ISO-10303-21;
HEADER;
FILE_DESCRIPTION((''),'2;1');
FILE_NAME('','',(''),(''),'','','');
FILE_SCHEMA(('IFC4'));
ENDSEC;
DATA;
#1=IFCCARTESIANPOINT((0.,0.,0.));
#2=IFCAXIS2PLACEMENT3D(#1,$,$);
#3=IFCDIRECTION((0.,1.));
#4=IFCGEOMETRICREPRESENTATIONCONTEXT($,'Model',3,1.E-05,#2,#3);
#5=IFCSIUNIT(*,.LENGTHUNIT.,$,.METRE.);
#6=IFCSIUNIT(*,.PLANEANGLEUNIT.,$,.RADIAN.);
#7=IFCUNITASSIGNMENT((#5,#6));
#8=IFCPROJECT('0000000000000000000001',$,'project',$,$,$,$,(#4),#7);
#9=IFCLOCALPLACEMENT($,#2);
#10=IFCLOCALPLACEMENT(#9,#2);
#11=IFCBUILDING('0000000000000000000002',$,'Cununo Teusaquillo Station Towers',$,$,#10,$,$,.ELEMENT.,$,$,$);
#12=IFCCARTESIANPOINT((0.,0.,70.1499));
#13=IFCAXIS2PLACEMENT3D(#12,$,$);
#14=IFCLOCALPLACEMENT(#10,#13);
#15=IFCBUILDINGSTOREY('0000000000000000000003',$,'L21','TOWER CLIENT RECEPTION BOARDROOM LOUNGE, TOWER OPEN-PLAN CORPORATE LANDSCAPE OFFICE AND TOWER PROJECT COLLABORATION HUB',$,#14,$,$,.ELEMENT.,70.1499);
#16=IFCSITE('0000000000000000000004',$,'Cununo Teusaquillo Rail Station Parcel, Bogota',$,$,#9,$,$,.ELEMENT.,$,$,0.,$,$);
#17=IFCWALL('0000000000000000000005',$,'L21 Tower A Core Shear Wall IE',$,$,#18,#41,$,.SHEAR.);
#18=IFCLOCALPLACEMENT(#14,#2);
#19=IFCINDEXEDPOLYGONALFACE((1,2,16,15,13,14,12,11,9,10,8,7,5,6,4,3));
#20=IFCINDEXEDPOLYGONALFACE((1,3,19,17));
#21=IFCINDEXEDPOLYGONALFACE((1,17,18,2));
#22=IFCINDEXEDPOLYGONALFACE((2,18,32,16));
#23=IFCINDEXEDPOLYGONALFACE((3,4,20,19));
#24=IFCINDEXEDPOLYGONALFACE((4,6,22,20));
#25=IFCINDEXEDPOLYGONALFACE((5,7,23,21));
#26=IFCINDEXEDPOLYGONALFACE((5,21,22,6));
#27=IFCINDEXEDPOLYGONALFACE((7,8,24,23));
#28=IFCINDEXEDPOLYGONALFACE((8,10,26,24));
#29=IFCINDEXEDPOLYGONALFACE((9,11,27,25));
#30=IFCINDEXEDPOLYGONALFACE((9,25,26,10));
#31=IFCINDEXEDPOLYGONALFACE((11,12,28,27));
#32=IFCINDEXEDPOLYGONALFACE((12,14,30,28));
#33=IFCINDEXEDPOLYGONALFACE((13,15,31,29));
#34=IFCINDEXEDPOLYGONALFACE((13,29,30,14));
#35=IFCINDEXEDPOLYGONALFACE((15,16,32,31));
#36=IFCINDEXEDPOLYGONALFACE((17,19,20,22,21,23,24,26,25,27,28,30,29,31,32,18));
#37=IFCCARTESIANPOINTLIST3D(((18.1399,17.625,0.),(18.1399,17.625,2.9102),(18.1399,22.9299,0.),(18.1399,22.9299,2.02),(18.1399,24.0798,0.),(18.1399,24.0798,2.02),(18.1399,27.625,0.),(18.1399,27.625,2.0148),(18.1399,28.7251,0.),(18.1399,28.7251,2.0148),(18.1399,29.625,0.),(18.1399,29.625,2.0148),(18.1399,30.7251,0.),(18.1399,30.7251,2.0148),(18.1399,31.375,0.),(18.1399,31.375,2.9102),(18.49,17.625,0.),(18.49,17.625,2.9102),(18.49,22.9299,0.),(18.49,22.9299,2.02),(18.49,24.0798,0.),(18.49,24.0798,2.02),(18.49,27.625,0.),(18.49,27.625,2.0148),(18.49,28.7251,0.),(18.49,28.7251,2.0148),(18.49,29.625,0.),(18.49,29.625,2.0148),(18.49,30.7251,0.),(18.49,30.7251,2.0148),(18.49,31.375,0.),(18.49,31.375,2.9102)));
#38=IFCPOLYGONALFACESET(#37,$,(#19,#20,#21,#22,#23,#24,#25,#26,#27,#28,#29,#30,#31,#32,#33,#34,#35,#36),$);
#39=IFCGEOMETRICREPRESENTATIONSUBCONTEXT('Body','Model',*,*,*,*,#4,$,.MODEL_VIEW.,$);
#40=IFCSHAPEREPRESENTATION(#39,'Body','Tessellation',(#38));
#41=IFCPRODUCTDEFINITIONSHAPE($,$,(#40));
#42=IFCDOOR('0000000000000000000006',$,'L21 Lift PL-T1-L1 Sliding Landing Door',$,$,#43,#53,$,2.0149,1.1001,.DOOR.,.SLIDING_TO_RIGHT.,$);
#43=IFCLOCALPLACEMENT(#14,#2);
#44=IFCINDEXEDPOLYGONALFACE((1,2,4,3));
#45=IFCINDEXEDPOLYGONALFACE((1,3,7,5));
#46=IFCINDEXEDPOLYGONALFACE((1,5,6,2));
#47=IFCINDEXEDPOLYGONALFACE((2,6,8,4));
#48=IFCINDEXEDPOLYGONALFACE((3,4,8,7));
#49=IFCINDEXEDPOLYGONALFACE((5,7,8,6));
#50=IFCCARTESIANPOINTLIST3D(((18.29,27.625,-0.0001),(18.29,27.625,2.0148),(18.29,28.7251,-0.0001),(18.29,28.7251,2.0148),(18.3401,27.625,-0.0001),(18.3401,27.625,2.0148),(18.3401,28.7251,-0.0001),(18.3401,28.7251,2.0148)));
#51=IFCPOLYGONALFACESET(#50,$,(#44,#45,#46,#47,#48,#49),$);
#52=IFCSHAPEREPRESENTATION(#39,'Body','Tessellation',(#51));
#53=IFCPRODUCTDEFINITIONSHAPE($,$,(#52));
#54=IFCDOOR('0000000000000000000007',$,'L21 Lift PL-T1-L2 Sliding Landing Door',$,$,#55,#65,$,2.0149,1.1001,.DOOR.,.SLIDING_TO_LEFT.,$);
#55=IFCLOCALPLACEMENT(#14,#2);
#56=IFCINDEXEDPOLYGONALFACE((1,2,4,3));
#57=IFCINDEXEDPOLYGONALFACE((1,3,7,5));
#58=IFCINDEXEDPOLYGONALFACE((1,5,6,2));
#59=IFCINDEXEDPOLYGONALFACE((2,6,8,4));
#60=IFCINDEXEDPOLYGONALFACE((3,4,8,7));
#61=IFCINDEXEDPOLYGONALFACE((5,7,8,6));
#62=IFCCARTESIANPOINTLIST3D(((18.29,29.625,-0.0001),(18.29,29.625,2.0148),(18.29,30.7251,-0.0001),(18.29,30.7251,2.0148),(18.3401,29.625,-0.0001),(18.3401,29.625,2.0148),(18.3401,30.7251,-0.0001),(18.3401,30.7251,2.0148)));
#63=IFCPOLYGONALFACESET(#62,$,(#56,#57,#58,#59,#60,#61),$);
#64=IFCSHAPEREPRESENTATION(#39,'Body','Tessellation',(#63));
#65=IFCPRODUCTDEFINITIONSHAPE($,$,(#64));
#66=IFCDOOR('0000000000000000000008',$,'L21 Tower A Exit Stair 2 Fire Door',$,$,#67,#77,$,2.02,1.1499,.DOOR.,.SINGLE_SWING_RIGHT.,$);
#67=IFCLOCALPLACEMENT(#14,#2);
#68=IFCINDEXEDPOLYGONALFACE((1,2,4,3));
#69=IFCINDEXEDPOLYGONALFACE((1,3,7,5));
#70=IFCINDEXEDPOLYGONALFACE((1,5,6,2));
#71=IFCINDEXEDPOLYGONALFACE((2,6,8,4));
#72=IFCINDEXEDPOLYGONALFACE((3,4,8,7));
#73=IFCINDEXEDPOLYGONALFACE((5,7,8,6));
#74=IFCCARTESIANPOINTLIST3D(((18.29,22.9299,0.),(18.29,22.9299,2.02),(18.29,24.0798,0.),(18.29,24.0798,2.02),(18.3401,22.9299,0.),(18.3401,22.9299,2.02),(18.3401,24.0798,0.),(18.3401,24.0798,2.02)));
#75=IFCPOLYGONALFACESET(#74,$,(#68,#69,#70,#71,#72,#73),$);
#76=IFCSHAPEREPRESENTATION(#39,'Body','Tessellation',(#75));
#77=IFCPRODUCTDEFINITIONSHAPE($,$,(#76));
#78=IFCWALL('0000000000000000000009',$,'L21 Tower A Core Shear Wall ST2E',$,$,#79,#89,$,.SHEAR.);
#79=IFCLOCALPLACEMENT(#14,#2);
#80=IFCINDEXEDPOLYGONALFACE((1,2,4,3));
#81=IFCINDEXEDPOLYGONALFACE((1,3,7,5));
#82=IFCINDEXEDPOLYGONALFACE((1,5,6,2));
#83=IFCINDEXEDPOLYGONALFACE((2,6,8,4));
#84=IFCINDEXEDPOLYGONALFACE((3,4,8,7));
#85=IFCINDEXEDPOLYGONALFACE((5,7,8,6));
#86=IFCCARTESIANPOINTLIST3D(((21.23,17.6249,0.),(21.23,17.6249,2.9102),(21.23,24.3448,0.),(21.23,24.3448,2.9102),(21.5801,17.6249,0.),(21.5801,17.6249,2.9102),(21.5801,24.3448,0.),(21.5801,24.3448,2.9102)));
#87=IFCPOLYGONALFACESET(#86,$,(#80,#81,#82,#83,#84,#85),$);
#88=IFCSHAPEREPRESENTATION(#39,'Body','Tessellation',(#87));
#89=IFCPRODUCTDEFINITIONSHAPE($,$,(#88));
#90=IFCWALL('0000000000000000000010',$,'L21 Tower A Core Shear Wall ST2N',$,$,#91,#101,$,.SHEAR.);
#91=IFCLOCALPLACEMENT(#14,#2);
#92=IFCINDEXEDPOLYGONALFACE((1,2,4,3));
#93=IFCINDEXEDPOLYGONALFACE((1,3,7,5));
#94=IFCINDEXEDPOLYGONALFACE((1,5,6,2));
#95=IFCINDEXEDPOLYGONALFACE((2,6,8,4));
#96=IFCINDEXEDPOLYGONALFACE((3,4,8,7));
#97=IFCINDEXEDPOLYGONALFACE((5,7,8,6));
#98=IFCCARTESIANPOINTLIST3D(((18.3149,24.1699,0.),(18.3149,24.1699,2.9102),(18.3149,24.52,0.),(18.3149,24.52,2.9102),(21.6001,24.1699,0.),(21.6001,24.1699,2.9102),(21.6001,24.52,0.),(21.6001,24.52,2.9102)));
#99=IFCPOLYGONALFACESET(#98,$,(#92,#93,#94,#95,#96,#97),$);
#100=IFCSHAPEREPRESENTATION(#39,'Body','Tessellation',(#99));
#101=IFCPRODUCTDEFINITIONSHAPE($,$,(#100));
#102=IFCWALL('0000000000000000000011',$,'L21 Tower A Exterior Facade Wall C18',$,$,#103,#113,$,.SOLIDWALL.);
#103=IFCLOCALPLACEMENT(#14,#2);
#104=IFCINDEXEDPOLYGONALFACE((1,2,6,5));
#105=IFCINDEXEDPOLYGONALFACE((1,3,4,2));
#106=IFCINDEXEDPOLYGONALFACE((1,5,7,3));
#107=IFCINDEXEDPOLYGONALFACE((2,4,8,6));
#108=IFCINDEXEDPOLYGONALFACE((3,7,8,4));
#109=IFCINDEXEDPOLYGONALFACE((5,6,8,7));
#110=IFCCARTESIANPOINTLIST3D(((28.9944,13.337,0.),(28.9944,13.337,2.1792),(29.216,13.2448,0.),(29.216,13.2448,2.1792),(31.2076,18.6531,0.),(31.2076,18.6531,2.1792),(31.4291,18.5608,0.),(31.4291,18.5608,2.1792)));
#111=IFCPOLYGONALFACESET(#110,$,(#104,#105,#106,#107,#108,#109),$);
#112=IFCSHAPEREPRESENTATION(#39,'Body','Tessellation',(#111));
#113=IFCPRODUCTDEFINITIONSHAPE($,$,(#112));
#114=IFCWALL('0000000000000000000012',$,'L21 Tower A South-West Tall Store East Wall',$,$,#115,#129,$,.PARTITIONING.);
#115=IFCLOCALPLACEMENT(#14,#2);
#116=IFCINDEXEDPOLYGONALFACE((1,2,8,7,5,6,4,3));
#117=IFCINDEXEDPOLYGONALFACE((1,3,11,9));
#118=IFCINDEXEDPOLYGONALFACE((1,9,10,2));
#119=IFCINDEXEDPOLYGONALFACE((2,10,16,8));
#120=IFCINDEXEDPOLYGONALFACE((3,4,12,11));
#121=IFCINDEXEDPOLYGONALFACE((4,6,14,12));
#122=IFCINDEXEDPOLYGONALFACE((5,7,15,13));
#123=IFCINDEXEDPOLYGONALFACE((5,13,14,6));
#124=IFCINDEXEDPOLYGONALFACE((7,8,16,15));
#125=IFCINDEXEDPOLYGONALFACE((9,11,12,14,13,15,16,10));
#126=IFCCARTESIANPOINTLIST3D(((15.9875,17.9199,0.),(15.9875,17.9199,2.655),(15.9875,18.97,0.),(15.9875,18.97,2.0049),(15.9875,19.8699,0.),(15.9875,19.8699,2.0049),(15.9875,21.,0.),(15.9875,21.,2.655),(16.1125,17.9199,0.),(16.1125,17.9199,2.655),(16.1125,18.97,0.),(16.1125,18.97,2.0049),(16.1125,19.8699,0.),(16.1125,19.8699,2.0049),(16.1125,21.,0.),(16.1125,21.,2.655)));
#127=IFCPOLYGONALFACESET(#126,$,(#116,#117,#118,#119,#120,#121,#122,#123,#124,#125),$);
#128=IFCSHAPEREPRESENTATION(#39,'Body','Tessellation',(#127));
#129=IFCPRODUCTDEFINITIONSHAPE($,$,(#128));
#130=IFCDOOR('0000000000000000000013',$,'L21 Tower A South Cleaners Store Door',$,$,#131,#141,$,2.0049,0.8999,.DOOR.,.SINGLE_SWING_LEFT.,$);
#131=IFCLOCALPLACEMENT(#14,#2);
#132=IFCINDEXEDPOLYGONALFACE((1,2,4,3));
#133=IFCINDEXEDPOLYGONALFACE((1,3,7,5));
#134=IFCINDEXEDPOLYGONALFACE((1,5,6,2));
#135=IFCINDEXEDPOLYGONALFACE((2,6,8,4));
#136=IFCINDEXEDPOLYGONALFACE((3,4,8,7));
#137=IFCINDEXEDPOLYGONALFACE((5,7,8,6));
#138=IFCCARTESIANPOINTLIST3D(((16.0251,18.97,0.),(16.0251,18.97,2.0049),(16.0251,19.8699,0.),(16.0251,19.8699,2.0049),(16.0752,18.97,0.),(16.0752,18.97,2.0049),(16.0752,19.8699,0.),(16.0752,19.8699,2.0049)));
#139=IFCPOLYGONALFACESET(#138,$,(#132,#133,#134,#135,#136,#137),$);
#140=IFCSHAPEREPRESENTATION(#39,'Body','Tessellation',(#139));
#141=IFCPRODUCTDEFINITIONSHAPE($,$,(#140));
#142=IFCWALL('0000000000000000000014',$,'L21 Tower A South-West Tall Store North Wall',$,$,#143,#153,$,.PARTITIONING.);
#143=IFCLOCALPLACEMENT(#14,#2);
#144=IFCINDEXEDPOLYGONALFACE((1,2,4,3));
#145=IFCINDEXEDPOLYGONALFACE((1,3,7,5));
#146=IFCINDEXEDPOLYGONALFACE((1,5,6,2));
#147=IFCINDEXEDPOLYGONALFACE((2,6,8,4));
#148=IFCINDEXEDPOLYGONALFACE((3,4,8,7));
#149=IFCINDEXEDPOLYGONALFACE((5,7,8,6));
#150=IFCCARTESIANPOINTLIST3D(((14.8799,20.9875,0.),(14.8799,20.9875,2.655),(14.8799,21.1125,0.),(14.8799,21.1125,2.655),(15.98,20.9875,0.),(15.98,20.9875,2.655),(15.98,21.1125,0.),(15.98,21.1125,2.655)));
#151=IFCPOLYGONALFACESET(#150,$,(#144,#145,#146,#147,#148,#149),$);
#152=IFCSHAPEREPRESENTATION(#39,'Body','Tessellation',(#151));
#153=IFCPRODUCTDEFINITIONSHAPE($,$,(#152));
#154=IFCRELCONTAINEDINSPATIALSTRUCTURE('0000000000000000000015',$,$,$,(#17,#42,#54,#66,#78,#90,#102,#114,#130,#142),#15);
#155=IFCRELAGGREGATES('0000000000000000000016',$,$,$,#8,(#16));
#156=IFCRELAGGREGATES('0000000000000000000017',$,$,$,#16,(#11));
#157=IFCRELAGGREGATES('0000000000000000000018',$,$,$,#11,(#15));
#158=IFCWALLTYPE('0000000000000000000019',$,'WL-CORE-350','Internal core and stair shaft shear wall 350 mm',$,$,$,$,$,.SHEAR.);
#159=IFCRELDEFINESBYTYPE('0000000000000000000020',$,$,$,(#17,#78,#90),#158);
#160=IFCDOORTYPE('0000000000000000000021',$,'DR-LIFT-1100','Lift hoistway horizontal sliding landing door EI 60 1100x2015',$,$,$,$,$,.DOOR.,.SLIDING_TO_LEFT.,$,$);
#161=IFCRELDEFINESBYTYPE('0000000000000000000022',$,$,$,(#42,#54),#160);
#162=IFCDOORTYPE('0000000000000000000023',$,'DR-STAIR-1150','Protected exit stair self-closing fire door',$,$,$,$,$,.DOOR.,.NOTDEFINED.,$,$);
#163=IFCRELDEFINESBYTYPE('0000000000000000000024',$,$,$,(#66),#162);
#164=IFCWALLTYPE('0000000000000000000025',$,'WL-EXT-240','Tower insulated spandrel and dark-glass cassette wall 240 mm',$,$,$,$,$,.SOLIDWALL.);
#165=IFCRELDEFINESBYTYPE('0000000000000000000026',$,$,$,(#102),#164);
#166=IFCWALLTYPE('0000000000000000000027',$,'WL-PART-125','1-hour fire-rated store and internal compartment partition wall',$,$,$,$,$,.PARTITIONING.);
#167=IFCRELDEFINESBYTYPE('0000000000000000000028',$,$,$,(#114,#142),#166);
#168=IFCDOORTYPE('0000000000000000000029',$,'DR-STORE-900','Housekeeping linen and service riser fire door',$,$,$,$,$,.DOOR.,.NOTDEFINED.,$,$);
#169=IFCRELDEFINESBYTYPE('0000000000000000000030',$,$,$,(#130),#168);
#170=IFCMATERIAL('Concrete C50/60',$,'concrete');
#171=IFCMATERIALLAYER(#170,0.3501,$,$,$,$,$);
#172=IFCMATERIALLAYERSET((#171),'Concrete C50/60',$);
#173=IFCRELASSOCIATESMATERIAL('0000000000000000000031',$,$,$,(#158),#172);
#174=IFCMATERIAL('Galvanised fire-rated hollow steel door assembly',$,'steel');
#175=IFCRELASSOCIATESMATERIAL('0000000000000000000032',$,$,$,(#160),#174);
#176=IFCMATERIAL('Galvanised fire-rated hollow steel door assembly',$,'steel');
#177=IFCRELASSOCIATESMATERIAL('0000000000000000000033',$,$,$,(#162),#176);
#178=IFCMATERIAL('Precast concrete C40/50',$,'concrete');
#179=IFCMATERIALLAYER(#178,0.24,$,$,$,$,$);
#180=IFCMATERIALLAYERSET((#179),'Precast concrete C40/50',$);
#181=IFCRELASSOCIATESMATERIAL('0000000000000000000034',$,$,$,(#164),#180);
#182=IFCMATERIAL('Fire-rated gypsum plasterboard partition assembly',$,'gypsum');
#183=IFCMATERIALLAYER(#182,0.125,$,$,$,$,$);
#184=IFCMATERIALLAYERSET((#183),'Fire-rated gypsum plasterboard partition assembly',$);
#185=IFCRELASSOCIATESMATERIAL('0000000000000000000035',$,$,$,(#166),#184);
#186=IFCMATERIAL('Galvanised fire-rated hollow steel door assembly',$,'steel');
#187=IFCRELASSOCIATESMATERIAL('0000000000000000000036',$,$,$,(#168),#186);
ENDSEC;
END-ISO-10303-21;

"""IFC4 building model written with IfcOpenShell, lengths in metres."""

from ifc_helpers import new_model, si_unit, direction, frame, frame_2d, origin, place, context, subcontext, project, spatial, rectangle, extrude, source, transform, mapped, material, layer, layer_set, type_object, element, fill, save


model = new_model("IFC4")

# Units and contexts
model_context = context("Model", 3, precision=1e-05, world=origin(), true_north=direction((0.0, 1.0)))
body_context = subcontext(model_context, "Body", "Model", "MODEL_VIEW")
ifc_project = project(units=[si_unit("LENGTHUNIT", "METRE"), si_unit("PLANEANGLEUNIT", "RADIAN")], contexts=[model_context])

# Site, building, storey
site_placement = place(None, origin())
site = spatial("IfcSite", under=ifc_project, at=site_placement, Name="Cununo Teusaquillo Rail Station Parcel, Bogota", CompositionType="ELEMENT", RefElevation=0.0)
building_placement = place(site_placement, origin())
building = spatial("IfcBuilding", under=site, at=building_placement, Name="Cununo Teusaquillo Station Towers", CompositionType="ELEMENT")
storey_placement = place(building_placement, frame((0.0, 0.0, 70.1499)))
storey = spatial("IfcBuildingStorey", under=building, at=storey_placement, Name="L21", Description="TOWER CLIENT RECEPTION BOARDROOM LOUNGE, TOWER OPEN-PLAN CORPORATE LANDSCAPE OFFICE AND TOWER PROJECT COLLABORATION HUB", CompositionType="ELEMENT", Elevation=70.1499)

# Wall, openings, doors
ifc_material_1 = material(Name="Concrete C50/60", Category="concrete")
ifc_layer_1 = layer(ifc_material_1, 0.3501)
ifc_layer_set_1 = layer_set([ifc_layer_1], Name="Concrete C50/60")
wall_type_1 = type_object("IfcWallType", Name="WL-CORE-350", Description="Internal core and stair shaft shear wall 350 mm", PredefinedType="SHEAR", material=ifc_layer_set_1)
wall_1_placement = place(storey_placement, frame((18.3149, 17.625, 0.0), z_axis=(0.0, 0.0, 1.0), x_axis=(0.0, 1.0, 0.0)))
wall_1 = element("IfcWall", 1, at=wall_1_placement, inside=storey, type_object=wall_type_1, Name="L21 Tower A Core Shear Wall IE", PredefinedType="SHEAR", context=body_context, shape_type="SweptSolid", body=[
    extrude(rectangle(XDim=13.75, YDim=0.3501, at=frame_2d((6.875, 0.0))), origin(), (0.0, 0.0, 1.0), 2.9102),
])
shared_shape_1 = source(origin(), body_context, "Body", "SweptSolid", [
    extrude(rectangle(XDim=1.1001, YDim=2.0149, at=frame_2d((0.55, 1.0073))), frame((0.0, 0.1851, 0.0), z_axis=(0.0, -1.0, 0.0), x_axis=(1.0, 0.0, 0.0)), (0.0, 0.0, 1.0), 0.3701),
])
opening_1_placement = place(wall_1_placement, frame((10.0, 0.0, 0.0)))
opening_1 = element("IfcOpeningElement", 2, at=opening_1_placement, cuts=wall_1, PredefinedType="OPENING", context=body_context, shape_type="MappedRepresentation", body=[
    mapped(shared_shape_1, transform((0.0, 0.0, 0.0), x_axis=(1.0, 0.0, 0.0), y_axis=(0.0, 1.0, 0.0), z_axis=(0.0, 0.0, 1.0), scale=1.0)),
])
opening_2_placement = place(wall_1_placement, frame((12.0, 0.0, 0.0)))
opening_2 = element("IfcOpeningElement", 3, at=opening_2_placement, cuts=wall_1, PredefinedType="OPENING", context=body_context, shape_type="MappedRepresentation", body=[
    mapped(shared_shape_1, transform((0.0, 0.0, 0.0), x_axis=(1.0, 0.0, 0.0), y_axis=(0.0, 1.0, 0.0), z_axis=(0.0, 0.0, 1.0), scale=1.0)),
])
shared_shape_2 = source(origin(), body_context, "Body", "SweptSolid", [
    extrude(rectangle(XDim=1.1499, YDim=2.02, at=frame_2d((0.575, 1.01))), frame((0.0, 0.1851, 0.0), z_axis=(0.0, -1.0, 0.0), x_axis=(1.0, 0.0, 0.0)), (0.0, 0.0, 1.0), 0.3701),
])
opening_3_placement = place(wall_1_placement, frame((5.3049, 0.0, 0.0)))
opening_3 = element("IfcOpeningElement", 4, at=opening_3_placement, cuts=wall_1, PredefinedType="OPENING", context=body_context, shape_type="MappedRepresentation", body=[
    mapped(shared_shape_2, transform((0.0, 0.0, 0.0), x_axis=(1.0, 0.0, 0.0), y_axis=(0.0, 1.0, 0.0), z_axis=(0.0, 0.0, 1.0), scale=1.0)),
])
ifc_material_2 = material(Name="Galvanised fire-rated hollow steel door assembly", Category="steel")
door_type_1 = type_object("IfcDoorType", Name="DR-LIFT-1100", Description="Lift hoistway horizontal sliding landing door EI 60 1100x2015", OperationType="SLIDING_TO_LEFT", PredefinedType="DOOR", material=ifc_material_2)
shared_shape_3 = source(origin(), body_context, "Body", "SweptSolid", [
    extrude(rectangle(XDim=1.1001, YDim=2.0149, at=frame_2d((0.55, 1.0073))), frame((0.0, 0.0249, 0.0), z_axis=(0.0, -1.0, 0.0), x_axis=(1.0, 0.0, 0.0)), (0.0, 0.0, 1.0), 0.05),
])
door_1_placement = place(opening_1_placement, origin())
door_1 = element("IfcDoor", 5, at=door_1_placement, inside=storey, type_object=door_type_1, Name="L21 Lift PL-T1-L1 Sliding Landing Door", OperationType="SLIDING_TO_RIGHT", OverallHeight=2.0149, OverallWidth=1.1001, PredefinedType="DOOR", context=body_context, shape_type="MappedRepresentation", body=[
    mapped(shared_shape_3, transform((0.0, 0.0, 0.0), x_axis=(1.0, 0.0, 0.0), y_axis=(0.0, 1.0, 0.0), z_axis=(0.0, 0.0, 1.0), scale=1.0)),
])
fill(opening_1, door_1)
door_2_placement = place(opening_2_placement, origin())
door_2 = element("IfcDoor", 6, at=door_2_placement, inside=storey, type_object=door_type_1, Name="L21 Lift PL-T1-L2 Sliding Landing Door", OperationType="SLIDING_TO_LEFT", OverallHeight=2.0149, OverallWidth=1.1001, PredefinedType="DOOR", context=body_context, shape_type="MappedRepresentation", body=[
    mapped(shared_shape_3, transform((0.0, 0.0, 0.0), x_axis=(1.0, 0.0, 0.0), y_axis=(0.0, 1.0, 0.0), z_axis=(0.0, 0.0, 1.0), scale=1.0)),
])
fill(opening_2, door_2)
ifc_material_3 = material(Name="Galvanised fire-rated hollow steel door assembly", Category="steel")
door_type_2 = type_object("IfcDoorType", Name="DR-STAIR-1150", Description="Protected exit stair self-closing fire door", OperationType="NOTDEFINED", PredefinedType="DOOR", material=ifc_material_3)
shared_shape_4 = source(origin(), body_context, "Body", "SweptSolid", [
    extrude(rectangle(XDim=1.1499, YDim=2.02, at=frame_2d((0.575, 1.01))), frame((0.0, 0.0249, 0.0), z_axis=(0.0, -1.0, 0.0), x_axis=(1.0, 0.0, 0.0)), (0.0, 0.0, 1.0), 0.05),
])
door_3_placement = place(opening_3_placement, origin())
door_3 = element("IfcDoor", 7, at=door_3_placement, inside=storey, type_object=door_type_2, Name="L21 Tower A Exit Stair 2 Fire Door", OperationType="SINGLE_SWING_RIGHT", OverallHeight=2.02, OverallWidth=1.1499, PredefinedType="DOOR", context=body_context, shape_type="MappedRepresentation", body=[
    mapped(shared_shape_4, transform((0.0, 0.0, 0.0), x_axis=(1.0, 0.0, 0.0), y_axis=(0.0, 1.0, 0.0), z_axis=(0.0, 0.0, 1.0), scale=1.0)),
])
fill(opening_3, door_3)

# Walls
wall_2_placement = place(storey_placement, frame((21.405, 17.625, 0.0), z_axis=(0.0, 0.0, 1.0), x_axis=(0.0, 1.0, 0.0)))
element("IfcWall", 8, at=wall_2_placement, inside=storey, type_object=wall_type_1, Name="L21 Tower A Core Shear Wall ST2E", PredefinedType="SHEAR", context=body_context, shape_type="SweptSolid", body=[
    extrude(rectangle(XDim=6.72, YDim=0.3501, at=frame_2d((3.3599, 0.0))), origin(), (0.0, 0.0, 1.0), 2.9102),
])
wall_3_placement = place(storey_placement, frame((18.3149, 24.345, 0.0), z_axis=(0.0, 0.0, 1.0), x_axis=(1.0, 0.0, 0.0)))
element("IfcWall", 9, at=wall_3_placement, inside=storey, type_object=wall_type_1, Name="L21 Tower A Core Shear Wall ST2N", PredefinedType="SHEAR", context=body_context, shape_type="SweptSolid", body=[
    extrude(rectangle(XDim=3.2852, YDim=0.3501, at=frame_2d((1.6426, 0.0))), origin(), (0.0, 0.0, 1.0), 2.9102),
])
ifc_material_4 = material(Name="Precast concrete C40/50", Category="concrete")
ifc_layer_2 = layer(ifc_material_4, 0.24)
ifc_layer_set_2 = layer_set([ifc_layer_2], Name="Precast concrete C40/50")
wall_type_2 = type_object("IfcWallType", Name="WL-EXT-240", Description="Tower insulated spandrel and dark-glass cassette wall 240 mm", PredefinedType="SOLIDWALL", material=ifc_layer_set_2)
wall_4_placement = place(storey_placement, frame((31.3184, 18.6069, 0.0), z_axis=(0.0, 0.0, 1.0), x_axis=(-0.384344, -0.92319, 0.0)))
element("IfcWall", 10, at=wall_4_placement, inside=storey, type_object=wall_type_2, Name="L21 Tower A Exterior Facade Wall C18", PredefinedType="SOLIDWALL", context=body_context, shape_type="SweptSolid", body=[
    extrude(rectangle(XDim=5.7583, YDim=0.24, at=frame_2d((2.8792, 0.0))), origin(), (0.0, 0.0, 1.0), 2.1792),
])

# Wall, opening, door
ifc_material_5 = material(Name="Fire-rated gypsum plasterboard partition assembly", Category="gypsum")
ifc_layer_3 = layer(ifc_material_5, 0.125)
ifc_layer_set_3 = layer_set([ifc_layer_3], Name="Fire-rated gypsum plasterboard partition assembly")
wall_type_3 = type_object("IfcWallType", Name="WL-PART-125", Description="1-hour fire-rated store and internal compartment partition wall", PredefinedType="PARTITIONING", material=ifc_layer_set_3)
wall_5_placement = place(storey_placement, frame((16.05, 17.9199, 0.0), z_axis=(0.0, 0.0, 1.0), x_axis=(0.0, 1.0, 0.0)))
wall_5 = element("IfcWall", 11, at=wall_5_placement, inside=storey, type_object=wall_type_3, Name="L21 Tower A South-West Tall Store East Wall", PredefinedType="PARTITIONING", context=body_context, shape_type="SweptSolid", body=[
    extrude(rectangle(XDim=3.0801, YDim=0.125, at=frame_2d((1.54, 0.0))), origin(), (0.0, 0.0, 1.0), 2.655),
])
shared_shape_5 = source(origin(), body_context, "Body", "SweptSolid", [
    extrude(rectangle(XDim=0.8999, YDim=2.0049, at=frame_2d((0.45, 1.0024))), frame((0.0, 0.0725, 0.0), z_axis=(0.0, -1.0, 0.0), x_axis=(1.0, 0.0, 0.0)), (0.0, 0.0, 1.0), 0.145),
])
opening_4_placement = place(wall_5_placement, frame((1.05, 0.0, 0.0)))
opening_4 = element("IfcOpeningElement", 12, at=opening_4_placement, cuts=wall_5, PredefinedType="OPENING", context=body_context, shape_type="MappedRepresentation", body=[
    mapped(shared_shape_5, transform((0.0, 0.0, 0.0), x_axis=(1.0, 0.0, 0.0), y_axis=(0.0, 1.0, 0.0), z_axis=(0.0, 0.0, 1.0), scale=1.0)),
])
ifc_material_6 = material(Name="Galvanised fire-rated hollow steel door assembly", Category="steel")
door_type_3 = type_object("IfcDoorType", Name="DR-STORE-900", Description="Housekeeping linen and service riser fire door", OperationType="NOTDEFINED", PredefinedType="DOOR", material=ifc_material_6)
shared_shape_6 = source(origin(), body_context, "Body", "SweptSolid", [
    extrude(rectangle(XDim=0.8999, YDim=2.0049, at=frame_2d((0.45, 1.0024))), frame((0.0, 0.0249, 0.0), z_axis=(0.0, -1.0, 0.0), x_axis=(1.0, 0.0, 0.0)), (0.0, 0.0, 1.0), 0.05),
])
door_4_placement = place(opening_4_placement, origin())
door_4 = element("IfcDoor", 13, at=door_4_placement, inside=storey, type_object=door_type_3, Name="L21 Tower A South Cleaners Store Door", OperationType="SINGLE_SWING_LEFT", OverallHeight=2.0049, OverallWidth=0.8999, PredefinedType="DOOR", context=body_context, shape_type="MappedRepresentation", body=[
    mapped(shared_shape_6, transform((0.0, 0.0, 0.0), x_axis=(1.0, 0.0, 0.0), y_axis=(0.0, 1.0, 0.0), z_axis=(0.0, 0.0, 1.0), scale=1.0)),
])
fill(opening_4, door_4)

# Wall
wall_6_placement = place(storey_placement, frame((14.8799, 21.05, 0.0), z_axis=(0.0, 0.0, 1.0), x_axis=(1.0, 0.0, 0.0)))
element("IfcWall", 14, at=wall_6_placement, inside=storey, type_object=wall_type_3, Name="L21 Tower A South-West Tall Store North Wall", PredefinedType="PARTITIONING", context=body_context, shape_type="SweptSolid", body=[
    extrude(rectangle(XDim=1.1001, YDim=0.125, at=frame_2d((0.55, 0.0))), origin(), (0.0, 0.0, 1.0), 2.655),
])

save(model, "model.ifc")
